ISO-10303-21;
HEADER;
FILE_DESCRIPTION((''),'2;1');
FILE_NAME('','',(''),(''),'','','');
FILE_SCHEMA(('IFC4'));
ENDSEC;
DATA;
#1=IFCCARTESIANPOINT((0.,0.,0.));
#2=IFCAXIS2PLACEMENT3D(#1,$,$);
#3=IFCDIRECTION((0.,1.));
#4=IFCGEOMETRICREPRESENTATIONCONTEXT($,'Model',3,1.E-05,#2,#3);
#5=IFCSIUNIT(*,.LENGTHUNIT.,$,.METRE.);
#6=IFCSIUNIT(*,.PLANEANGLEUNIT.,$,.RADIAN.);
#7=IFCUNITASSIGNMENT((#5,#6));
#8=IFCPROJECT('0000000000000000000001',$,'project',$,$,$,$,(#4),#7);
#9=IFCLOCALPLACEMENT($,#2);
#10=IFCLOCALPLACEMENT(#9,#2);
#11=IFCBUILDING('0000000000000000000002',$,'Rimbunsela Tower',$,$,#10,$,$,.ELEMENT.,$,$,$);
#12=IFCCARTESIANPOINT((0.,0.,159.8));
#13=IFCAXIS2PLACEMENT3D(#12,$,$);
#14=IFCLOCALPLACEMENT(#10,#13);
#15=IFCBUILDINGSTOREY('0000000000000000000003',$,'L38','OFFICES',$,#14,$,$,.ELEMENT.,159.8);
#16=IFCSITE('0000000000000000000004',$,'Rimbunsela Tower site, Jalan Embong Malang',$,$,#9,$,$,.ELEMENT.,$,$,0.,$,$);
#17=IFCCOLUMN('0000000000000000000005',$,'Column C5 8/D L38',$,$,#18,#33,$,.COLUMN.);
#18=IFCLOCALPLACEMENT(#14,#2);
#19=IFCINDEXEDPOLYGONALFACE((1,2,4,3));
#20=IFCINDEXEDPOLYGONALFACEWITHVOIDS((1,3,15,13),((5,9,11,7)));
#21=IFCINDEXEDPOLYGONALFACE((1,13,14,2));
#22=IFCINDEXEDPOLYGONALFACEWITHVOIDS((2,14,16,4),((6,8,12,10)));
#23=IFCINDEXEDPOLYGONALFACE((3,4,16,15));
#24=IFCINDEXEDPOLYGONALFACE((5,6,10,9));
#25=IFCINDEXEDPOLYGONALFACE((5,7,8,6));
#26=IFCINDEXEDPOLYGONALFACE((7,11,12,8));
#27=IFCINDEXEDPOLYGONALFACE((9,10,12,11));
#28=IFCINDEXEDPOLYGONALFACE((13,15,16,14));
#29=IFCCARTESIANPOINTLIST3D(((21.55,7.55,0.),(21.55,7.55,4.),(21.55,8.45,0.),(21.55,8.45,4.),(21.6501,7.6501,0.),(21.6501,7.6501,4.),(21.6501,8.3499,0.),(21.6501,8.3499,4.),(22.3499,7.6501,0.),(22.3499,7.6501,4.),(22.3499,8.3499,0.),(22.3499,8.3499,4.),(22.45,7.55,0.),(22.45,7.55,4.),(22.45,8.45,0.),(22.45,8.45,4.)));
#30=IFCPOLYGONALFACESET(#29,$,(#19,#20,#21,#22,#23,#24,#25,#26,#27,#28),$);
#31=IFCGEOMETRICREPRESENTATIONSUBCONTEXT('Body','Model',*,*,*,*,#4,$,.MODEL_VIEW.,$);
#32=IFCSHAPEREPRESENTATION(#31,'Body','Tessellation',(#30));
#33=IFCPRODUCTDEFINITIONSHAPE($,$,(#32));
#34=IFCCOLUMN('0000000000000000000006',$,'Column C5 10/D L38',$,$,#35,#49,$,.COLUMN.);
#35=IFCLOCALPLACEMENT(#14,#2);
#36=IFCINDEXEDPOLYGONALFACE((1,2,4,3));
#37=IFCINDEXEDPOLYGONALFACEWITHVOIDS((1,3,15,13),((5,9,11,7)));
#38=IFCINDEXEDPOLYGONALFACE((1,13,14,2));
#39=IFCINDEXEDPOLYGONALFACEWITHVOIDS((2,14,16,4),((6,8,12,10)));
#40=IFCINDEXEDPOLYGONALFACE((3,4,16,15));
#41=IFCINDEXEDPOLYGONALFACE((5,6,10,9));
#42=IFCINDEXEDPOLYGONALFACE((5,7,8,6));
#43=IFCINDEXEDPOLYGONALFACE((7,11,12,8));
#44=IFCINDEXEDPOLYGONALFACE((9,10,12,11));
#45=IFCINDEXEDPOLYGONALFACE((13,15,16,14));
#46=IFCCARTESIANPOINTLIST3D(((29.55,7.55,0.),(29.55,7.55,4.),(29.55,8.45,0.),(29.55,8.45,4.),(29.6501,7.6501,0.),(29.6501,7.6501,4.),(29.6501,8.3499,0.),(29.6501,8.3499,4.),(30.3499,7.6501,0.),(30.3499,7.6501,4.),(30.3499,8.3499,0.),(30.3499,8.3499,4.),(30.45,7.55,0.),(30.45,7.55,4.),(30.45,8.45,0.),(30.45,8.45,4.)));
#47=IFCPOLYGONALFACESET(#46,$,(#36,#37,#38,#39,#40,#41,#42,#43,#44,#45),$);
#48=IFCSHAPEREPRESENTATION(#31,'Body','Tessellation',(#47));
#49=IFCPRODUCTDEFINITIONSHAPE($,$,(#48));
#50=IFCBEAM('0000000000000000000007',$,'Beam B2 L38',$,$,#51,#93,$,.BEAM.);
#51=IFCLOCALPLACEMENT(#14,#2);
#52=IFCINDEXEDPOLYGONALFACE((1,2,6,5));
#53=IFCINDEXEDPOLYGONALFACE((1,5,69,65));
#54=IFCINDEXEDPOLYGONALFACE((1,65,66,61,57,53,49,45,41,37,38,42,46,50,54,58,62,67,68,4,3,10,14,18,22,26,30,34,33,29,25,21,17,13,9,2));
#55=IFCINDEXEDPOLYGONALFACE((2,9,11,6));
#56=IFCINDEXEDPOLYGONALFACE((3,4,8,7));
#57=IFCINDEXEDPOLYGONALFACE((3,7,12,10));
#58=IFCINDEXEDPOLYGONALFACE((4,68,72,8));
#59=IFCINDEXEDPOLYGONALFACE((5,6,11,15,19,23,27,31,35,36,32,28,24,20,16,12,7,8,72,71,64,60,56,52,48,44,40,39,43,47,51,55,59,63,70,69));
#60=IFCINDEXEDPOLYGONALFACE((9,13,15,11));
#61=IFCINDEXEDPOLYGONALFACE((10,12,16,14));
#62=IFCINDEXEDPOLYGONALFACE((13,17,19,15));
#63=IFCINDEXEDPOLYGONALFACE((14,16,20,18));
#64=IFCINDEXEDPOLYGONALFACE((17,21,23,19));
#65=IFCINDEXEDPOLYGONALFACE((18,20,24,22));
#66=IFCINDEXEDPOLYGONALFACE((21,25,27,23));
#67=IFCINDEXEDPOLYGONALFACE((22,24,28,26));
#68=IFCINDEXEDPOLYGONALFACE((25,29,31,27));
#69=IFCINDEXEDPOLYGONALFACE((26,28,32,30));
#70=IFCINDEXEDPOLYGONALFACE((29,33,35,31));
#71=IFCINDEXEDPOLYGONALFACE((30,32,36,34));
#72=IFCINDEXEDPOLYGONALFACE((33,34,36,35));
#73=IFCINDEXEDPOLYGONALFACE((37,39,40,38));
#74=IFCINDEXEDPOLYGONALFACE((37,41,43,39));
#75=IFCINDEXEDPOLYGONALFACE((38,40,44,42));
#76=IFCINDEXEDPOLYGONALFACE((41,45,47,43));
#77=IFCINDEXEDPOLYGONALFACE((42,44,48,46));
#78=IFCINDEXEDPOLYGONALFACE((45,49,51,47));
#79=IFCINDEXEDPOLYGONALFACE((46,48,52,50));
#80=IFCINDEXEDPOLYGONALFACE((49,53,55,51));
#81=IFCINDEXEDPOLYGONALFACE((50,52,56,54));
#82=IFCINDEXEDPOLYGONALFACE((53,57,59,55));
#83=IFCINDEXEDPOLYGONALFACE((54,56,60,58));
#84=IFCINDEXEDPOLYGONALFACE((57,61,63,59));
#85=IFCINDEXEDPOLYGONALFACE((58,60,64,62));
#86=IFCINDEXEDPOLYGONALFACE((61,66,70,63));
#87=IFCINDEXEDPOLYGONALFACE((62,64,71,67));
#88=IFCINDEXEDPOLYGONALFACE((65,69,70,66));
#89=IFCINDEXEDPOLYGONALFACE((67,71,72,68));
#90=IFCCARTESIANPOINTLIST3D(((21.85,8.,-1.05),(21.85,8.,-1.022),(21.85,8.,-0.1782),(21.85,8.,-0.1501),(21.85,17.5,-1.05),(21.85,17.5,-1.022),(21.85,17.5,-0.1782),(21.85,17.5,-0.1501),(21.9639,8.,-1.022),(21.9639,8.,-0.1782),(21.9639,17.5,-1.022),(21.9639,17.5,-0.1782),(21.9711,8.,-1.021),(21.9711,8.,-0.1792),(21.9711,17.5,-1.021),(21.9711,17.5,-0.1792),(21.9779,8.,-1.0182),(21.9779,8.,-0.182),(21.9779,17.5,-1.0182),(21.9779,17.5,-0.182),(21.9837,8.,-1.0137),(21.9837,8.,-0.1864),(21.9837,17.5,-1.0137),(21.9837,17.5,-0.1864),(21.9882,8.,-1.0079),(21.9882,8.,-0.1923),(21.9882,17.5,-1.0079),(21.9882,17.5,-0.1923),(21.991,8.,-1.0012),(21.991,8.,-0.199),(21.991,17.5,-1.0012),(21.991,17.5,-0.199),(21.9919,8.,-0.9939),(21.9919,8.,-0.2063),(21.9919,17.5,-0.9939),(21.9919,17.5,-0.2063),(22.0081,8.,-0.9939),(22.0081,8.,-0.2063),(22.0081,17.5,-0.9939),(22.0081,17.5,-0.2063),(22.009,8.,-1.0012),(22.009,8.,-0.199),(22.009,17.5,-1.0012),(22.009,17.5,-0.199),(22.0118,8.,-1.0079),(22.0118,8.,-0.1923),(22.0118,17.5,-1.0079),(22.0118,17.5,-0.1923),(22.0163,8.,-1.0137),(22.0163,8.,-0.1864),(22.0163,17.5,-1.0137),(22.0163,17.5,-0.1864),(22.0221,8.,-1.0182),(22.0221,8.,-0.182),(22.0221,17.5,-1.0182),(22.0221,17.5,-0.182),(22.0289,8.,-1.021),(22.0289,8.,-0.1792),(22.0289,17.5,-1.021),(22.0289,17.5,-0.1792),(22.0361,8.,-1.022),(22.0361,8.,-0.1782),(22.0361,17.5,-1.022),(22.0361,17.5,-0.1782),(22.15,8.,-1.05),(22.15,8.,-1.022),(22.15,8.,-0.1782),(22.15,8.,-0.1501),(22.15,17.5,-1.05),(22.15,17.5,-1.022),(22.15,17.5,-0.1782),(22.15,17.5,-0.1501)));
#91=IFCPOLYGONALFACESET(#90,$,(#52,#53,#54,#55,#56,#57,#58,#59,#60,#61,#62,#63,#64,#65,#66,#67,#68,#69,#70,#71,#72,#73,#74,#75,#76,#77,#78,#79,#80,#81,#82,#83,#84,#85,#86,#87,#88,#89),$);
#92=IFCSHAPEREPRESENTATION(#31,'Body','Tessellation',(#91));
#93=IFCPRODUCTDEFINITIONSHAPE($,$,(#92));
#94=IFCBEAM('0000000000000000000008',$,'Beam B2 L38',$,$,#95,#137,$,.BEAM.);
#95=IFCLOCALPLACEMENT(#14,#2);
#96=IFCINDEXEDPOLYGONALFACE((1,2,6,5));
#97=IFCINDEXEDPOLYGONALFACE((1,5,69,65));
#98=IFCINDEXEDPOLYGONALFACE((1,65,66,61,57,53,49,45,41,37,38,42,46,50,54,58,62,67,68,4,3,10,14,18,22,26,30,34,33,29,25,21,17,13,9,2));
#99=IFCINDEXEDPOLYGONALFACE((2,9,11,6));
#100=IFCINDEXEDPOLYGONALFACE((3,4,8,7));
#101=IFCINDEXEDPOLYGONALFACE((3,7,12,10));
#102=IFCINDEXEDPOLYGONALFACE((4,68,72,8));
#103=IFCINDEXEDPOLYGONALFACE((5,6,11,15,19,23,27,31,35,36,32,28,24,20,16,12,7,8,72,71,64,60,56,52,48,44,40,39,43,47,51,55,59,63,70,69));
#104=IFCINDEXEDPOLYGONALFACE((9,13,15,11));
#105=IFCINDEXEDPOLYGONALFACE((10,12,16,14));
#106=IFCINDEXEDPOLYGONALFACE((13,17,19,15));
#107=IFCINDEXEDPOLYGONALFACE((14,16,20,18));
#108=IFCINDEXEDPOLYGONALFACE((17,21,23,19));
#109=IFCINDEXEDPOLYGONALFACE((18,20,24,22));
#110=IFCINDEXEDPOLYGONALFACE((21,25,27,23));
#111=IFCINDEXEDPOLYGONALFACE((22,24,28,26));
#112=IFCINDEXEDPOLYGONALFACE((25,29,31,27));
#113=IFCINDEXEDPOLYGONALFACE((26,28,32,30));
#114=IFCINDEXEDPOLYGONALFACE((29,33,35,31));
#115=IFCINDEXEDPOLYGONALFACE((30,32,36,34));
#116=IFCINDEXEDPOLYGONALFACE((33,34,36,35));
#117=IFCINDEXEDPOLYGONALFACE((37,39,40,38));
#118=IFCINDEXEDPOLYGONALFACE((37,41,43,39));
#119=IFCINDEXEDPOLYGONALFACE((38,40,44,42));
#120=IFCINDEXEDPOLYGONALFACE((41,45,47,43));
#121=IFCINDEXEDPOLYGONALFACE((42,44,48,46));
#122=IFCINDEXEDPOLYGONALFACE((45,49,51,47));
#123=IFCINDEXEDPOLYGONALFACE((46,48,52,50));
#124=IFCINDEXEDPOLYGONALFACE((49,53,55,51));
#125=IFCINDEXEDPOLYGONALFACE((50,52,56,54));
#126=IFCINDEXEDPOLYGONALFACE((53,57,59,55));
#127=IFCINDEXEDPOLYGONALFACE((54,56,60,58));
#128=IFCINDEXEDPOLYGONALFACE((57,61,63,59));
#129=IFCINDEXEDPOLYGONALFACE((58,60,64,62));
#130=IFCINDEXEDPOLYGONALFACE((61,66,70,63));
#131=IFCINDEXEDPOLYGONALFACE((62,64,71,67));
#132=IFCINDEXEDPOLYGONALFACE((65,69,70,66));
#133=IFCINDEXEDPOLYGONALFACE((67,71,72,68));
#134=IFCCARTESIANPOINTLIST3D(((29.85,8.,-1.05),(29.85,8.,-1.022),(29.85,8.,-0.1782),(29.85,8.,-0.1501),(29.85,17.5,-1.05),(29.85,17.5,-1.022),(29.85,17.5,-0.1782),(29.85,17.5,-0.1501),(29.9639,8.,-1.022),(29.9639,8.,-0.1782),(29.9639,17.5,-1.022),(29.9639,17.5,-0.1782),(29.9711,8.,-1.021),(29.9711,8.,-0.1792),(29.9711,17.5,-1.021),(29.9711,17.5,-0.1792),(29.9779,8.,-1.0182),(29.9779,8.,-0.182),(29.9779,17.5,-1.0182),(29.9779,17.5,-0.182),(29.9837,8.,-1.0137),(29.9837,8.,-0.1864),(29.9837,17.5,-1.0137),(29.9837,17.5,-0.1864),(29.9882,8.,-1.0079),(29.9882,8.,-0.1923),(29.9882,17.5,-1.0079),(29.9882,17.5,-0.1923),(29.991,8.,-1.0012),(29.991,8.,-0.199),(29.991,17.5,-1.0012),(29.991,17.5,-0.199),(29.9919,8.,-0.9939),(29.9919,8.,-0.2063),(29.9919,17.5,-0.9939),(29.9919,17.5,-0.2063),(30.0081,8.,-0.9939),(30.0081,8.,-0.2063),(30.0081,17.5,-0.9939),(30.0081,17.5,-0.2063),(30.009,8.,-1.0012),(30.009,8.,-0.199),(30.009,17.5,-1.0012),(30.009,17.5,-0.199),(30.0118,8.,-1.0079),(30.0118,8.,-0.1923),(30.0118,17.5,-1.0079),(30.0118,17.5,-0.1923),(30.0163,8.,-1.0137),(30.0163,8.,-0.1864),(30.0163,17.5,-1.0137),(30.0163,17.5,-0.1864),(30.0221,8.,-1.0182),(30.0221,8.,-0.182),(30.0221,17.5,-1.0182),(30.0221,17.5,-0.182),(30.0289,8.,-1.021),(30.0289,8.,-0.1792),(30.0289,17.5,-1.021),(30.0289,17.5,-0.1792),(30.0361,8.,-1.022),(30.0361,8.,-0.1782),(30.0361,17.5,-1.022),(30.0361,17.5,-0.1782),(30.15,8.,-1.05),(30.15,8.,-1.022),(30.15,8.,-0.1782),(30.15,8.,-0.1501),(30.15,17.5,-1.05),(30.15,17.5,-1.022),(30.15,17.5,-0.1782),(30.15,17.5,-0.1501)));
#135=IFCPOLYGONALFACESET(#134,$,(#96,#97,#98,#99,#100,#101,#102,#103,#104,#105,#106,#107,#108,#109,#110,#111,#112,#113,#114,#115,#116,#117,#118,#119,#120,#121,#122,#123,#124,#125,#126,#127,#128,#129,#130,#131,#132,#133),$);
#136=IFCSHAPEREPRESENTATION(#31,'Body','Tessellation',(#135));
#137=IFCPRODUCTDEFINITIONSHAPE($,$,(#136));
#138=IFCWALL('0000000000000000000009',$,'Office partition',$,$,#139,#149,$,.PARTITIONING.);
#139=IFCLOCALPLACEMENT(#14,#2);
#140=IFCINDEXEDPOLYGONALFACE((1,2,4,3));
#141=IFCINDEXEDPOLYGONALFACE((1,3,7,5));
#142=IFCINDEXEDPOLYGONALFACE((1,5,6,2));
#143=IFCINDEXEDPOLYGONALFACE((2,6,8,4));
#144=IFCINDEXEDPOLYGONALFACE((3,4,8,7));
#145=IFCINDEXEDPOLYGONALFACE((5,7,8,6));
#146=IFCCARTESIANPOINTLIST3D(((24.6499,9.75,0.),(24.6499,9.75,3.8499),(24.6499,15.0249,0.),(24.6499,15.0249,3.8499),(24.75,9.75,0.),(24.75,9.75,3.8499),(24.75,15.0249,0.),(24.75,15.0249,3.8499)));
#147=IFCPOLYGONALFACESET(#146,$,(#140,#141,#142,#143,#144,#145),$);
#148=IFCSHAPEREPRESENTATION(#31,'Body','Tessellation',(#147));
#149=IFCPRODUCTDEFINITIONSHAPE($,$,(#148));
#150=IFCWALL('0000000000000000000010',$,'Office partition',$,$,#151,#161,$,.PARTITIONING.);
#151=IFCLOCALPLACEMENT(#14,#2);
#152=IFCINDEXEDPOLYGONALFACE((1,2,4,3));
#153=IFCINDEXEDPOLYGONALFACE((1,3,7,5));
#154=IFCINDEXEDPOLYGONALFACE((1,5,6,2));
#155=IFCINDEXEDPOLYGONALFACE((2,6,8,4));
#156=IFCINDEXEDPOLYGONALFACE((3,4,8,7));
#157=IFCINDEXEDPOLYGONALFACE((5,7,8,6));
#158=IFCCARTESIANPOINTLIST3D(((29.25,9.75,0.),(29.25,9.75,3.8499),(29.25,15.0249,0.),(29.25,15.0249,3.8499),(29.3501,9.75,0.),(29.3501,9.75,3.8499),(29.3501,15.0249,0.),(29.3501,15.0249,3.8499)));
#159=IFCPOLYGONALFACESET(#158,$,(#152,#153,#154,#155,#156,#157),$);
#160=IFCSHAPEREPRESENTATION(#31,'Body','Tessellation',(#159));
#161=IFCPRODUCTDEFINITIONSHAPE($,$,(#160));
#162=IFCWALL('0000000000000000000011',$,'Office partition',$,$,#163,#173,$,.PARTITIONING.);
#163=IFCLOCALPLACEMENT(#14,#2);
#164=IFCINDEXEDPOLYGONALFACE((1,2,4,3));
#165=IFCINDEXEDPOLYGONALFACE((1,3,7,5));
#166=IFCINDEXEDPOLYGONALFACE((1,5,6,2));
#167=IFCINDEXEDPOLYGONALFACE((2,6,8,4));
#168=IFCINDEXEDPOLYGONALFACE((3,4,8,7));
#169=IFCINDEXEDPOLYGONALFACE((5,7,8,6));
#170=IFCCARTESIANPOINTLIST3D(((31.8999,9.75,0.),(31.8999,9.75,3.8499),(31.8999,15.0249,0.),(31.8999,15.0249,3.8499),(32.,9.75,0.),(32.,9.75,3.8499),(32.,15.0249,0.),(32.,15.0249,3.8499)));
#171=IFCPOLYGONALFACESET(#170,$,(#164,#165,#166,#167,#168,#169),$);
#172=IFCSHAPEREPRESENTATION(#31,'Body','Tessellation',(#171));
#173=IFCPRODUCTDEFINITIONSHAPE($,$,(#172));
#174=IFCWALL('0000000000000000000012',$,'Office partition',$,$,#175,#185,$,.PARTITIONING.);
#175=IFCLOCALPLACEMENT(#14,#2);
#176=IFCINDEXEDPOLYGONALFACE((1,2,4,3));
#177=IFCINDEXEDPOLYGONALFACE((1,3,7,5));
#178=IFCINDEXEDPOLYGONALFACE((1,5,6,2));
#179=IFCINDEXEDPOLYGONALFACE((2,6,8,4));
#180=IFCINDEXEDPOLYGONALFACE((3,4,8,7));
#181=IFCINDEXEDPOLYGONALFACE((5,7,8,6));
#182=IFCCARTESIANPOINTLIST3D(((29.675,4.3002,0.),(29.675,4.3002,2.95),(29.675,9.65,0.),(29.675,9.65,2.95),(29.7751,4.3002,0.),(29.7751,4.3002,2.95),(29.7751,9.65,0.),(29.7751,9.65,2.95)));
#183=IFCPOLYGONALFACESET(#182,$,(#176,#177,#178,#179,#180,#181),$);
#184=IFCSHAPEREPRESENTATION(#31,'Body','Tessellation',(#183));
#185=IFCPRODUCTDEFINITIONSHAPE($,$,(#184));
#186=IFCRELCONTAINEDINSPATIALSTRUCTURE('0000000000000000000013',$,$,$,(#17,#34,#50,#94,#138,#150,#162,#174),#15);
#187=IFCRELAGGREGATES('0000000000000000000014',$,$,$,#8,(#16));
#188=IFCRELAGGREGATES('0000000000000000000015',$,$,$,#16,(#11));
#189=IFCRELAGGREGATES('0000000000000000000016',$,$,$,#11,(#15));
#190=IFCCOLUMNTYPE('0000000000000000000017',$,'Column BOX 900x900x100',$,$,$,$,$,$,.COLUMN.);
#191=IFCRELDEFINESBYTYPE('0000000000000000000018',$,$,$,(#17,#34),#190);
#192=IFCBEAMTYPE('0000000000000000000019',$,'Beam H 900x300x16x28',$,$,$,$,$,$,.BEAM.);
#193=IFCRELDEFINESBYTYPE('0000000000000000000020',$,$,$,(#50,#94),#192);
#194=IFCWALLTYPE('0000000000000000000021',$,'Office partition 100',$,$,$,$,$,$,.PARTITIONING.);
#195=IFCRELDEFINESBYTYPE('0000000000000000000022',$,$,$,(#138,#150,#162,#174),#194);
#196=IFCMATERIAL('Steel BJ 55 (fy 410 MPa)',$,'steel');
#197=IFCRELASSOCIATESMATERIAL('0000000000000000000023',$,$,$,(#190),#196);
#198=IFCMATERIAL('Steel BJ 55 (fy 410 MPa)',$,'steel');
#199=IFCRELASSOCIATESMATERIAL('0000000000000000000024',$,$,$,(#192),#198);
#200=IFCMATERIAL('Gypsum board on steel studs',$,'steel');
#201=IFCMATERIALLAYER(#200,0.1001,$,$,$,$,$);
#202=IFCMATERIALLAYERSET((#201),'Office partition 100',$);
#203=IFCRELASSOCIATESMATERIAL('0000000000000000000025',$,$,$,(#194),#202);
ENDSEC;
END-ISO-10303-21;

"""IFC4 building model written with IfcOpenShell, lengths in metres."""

from ifc_helpers import new_model, si_unit, direction, frame, frame_2d, origin, origin_2d, place, context, subcontext, project, spatial, rectangle, hollow_rectangle, i_section, extrude, material, layer, layer_set, material_profile, profile_set, type_object, element, save


model = new_model("IFC4")

# Units and contexts
model_context = context("Model", 3, precision=1e-05, world=origin(), true_north=direction((0.0, 1.0)))
body_context = subcontext(model_context, "Body", "Model", "MODEL_VIEW")
ifc_project = project(units=[si_unit("LENGTHUNIT", "METRE"), si_unit("PLANEANGLEUNIT", "RADIAN")], contexts=[model_context])

# Site, building, storey
site_placement = place(None, origin())
site = spatial("IfcSite", under=ifc_project, at=site_placement, Name="Rimbunsela Tower site, Jalan Embong Malang", CompositionType="ELEMENT", RefElevation=0.0)
building_placement = place(site_placement, origin())
building = spatial("IfcBuilding", under=site, at=building_placement, Name="Rimbunsela Tower", CompositionType="ELEMENT")
storey_placement = place(building_placement, frame((0.0, 0.0, 159.8)))
storey = spatial("IfcBuildingStorey", under=building, at=storey_placement, Name="L38", Description="OFFICES", CompositionType="ELEMENT", Elevation=159.8)

# Columns
ifc_material_1 = material(Name="Steel BJ 55 (fy 410 MPa)", Category="steel")
ifc_material_profile_1 = material_profile(ifc_material_1, hollow_rectangle(XDim=0.8999, YDim=0.8999, WallThickness=0.1001, at=origin_2d()), Name="BOX 900x900x100")
ifc_profile_set_1 = profile_set([ifc_material_profile_1], Name="Steel BJ 55 (fy 410 MPa)")
column_type = type_object("IfcColumnType", Name="Column BOX 900x900x100", PredefinedType="COLUMN", material=ifc_profile_set_1)
for number, where, z_axis, x_axis, name in (
    (1, (22.0, 8.0, 0.0), (0.0, 0.0, 1.0), (1.0, 0.0, 0.0), "Column C5 8/D L38"),
    (2, (30.0, 8.0, 0.0), (0.0, 0.0, 1.0), (1.0, 0.0, 0.0), "Column C5 10/D L38"),
):
    element("IfcColumn", number, at=place(storey_placement, frame(where, z_axis=z_axis, x_axis=x_axis)), inside=storey, type_object=column_type, Name=name, PredefinedType="COLUMN", context=body_context, shape_type="SweptSolid", body=[
        extrude(hollow_rectangle(XDim=0.8999, YDim=0.8999, WallThickness=0.1001, at=origin_2d()), origin(), (0.0, 0.0, 1.0), 4.0),
    ])

# Beams
ifc_material_2 = material(Name="Steel BJ 55 (fy 410 MPa)", Category="steel")
ifc_material_profile_2 = material_profile(ifc_material_2, i_section(OverallWidth=0.3, OverallDepth=0.8999, WebThickness=0.0161, FlangeThickness=0.0281, FilletRadius=0.0281, at=origin_2d()), Name="H 900x300x16x28")
ifc_profile_set_2 = profile_set([ifc_material_profile_2], Name="Steel BJ 55 (fy 410 MPa)")
beam_type = type_object("IfcBeamType", Name="Beam H 900x300x16x28", PredefinedType="BEAM", material=ifc_profile_set_2)
for number, where, z_axis, x_axis, name in (
    (3, (22.0, 8.0, -0.6001), (0.0, 1.0, 0.0), (-1.0, 0.0, 0.0), "Beam B2 L38"),
    (4, (30.0, 8.0, -0.6001), (0.0, 1.0, 0.0), (-1.0, 0.0, 0.0), "Beam B2 L38"),
):
    element("IfcBeam", number, at=place(storey_placement, frame(where, z_axis=z_axis, x_axis=x_axis)), inside=storey, type_object=beam_type, Name=name, PredefinedType="BEAM", context=body_context, shape_type="SweptSolid", body=[
        extrude(i_section(OverallWidth=0.3, OverallDepth=0.8999, WebThickness=0.0161, FlangeThickness=0.0281, FilletRadius=0.0281, at=origin_2d()), origin(), (0.0, 0.0, 1.0), 9.5),
    ])

# Walls
ifc_material_3 = material(Name="Gypsum board on steel studs", Category="steel")
ifc_layer_1 = layer(ifc_material_3, 0.1001)
ifc_layer_set_1 = layer_set([ifc_layer_1], Name="Office partition 100")
wall_type_1 = type_object("IfcWallType", Name="Office partition 100", PredefinedType="PARTITIONING", material=ifc_layer_set_1)
for number, where, z_axis, x_axis, name in (
    (5, (24.7, 9.75, 0.0), (0.0, 0.0, 1.0), (0.0, 1.0, 0.0), "Office partition"),
    (6, (29.3, 9.75, 0.0), (0.0, 0.0, 1.0), (0.0, 1.0, 0.0), "Office partition"),
    (7, (31.95, 9.75, 0.0), (0.0, 0.0, 1.0), (0.0, 1.0, 0.0), "Office partition"),
):
    element("IfcWall", number, at=place(storey_placement, frame(where, z_axis=z_axis, x_axis=x_axis)), inside=storey, type_object=wall_type_1, Name=name, PredefinedType="PARTITIONING", context=body_context, shape_type="SweptSolid", body=[
        extrude(rectangle(XDim=5.2749, YDim=0.1001, at=frame_2d((2.6375, 0.0))), origin(), (0.0, 0.0, 1.0), 3.8499),
    ])
wall_1_placement = place(storey_placement, frame((29.7251, 9.6499, 0.0), z_axis=(0.0, 0.0, 1.0), x_axis=(0.0, -1.0, 0.0)))
element("IfcWall", 8, at=wall_1_placement, inside=storey, type_object=wall_type_1, Name="Office partition", PredefinedType="PARTITIONING", context=body_context, shape_type="SweptSolid", body=[
    extrude(rectangle(XDim=5.3499, YDim=0.1001, at=frame_2d((2.6748, 0.0))), origin(), (0.0, 0.0, 1.0), 2.95),
])

save(model, "model.ifc")
